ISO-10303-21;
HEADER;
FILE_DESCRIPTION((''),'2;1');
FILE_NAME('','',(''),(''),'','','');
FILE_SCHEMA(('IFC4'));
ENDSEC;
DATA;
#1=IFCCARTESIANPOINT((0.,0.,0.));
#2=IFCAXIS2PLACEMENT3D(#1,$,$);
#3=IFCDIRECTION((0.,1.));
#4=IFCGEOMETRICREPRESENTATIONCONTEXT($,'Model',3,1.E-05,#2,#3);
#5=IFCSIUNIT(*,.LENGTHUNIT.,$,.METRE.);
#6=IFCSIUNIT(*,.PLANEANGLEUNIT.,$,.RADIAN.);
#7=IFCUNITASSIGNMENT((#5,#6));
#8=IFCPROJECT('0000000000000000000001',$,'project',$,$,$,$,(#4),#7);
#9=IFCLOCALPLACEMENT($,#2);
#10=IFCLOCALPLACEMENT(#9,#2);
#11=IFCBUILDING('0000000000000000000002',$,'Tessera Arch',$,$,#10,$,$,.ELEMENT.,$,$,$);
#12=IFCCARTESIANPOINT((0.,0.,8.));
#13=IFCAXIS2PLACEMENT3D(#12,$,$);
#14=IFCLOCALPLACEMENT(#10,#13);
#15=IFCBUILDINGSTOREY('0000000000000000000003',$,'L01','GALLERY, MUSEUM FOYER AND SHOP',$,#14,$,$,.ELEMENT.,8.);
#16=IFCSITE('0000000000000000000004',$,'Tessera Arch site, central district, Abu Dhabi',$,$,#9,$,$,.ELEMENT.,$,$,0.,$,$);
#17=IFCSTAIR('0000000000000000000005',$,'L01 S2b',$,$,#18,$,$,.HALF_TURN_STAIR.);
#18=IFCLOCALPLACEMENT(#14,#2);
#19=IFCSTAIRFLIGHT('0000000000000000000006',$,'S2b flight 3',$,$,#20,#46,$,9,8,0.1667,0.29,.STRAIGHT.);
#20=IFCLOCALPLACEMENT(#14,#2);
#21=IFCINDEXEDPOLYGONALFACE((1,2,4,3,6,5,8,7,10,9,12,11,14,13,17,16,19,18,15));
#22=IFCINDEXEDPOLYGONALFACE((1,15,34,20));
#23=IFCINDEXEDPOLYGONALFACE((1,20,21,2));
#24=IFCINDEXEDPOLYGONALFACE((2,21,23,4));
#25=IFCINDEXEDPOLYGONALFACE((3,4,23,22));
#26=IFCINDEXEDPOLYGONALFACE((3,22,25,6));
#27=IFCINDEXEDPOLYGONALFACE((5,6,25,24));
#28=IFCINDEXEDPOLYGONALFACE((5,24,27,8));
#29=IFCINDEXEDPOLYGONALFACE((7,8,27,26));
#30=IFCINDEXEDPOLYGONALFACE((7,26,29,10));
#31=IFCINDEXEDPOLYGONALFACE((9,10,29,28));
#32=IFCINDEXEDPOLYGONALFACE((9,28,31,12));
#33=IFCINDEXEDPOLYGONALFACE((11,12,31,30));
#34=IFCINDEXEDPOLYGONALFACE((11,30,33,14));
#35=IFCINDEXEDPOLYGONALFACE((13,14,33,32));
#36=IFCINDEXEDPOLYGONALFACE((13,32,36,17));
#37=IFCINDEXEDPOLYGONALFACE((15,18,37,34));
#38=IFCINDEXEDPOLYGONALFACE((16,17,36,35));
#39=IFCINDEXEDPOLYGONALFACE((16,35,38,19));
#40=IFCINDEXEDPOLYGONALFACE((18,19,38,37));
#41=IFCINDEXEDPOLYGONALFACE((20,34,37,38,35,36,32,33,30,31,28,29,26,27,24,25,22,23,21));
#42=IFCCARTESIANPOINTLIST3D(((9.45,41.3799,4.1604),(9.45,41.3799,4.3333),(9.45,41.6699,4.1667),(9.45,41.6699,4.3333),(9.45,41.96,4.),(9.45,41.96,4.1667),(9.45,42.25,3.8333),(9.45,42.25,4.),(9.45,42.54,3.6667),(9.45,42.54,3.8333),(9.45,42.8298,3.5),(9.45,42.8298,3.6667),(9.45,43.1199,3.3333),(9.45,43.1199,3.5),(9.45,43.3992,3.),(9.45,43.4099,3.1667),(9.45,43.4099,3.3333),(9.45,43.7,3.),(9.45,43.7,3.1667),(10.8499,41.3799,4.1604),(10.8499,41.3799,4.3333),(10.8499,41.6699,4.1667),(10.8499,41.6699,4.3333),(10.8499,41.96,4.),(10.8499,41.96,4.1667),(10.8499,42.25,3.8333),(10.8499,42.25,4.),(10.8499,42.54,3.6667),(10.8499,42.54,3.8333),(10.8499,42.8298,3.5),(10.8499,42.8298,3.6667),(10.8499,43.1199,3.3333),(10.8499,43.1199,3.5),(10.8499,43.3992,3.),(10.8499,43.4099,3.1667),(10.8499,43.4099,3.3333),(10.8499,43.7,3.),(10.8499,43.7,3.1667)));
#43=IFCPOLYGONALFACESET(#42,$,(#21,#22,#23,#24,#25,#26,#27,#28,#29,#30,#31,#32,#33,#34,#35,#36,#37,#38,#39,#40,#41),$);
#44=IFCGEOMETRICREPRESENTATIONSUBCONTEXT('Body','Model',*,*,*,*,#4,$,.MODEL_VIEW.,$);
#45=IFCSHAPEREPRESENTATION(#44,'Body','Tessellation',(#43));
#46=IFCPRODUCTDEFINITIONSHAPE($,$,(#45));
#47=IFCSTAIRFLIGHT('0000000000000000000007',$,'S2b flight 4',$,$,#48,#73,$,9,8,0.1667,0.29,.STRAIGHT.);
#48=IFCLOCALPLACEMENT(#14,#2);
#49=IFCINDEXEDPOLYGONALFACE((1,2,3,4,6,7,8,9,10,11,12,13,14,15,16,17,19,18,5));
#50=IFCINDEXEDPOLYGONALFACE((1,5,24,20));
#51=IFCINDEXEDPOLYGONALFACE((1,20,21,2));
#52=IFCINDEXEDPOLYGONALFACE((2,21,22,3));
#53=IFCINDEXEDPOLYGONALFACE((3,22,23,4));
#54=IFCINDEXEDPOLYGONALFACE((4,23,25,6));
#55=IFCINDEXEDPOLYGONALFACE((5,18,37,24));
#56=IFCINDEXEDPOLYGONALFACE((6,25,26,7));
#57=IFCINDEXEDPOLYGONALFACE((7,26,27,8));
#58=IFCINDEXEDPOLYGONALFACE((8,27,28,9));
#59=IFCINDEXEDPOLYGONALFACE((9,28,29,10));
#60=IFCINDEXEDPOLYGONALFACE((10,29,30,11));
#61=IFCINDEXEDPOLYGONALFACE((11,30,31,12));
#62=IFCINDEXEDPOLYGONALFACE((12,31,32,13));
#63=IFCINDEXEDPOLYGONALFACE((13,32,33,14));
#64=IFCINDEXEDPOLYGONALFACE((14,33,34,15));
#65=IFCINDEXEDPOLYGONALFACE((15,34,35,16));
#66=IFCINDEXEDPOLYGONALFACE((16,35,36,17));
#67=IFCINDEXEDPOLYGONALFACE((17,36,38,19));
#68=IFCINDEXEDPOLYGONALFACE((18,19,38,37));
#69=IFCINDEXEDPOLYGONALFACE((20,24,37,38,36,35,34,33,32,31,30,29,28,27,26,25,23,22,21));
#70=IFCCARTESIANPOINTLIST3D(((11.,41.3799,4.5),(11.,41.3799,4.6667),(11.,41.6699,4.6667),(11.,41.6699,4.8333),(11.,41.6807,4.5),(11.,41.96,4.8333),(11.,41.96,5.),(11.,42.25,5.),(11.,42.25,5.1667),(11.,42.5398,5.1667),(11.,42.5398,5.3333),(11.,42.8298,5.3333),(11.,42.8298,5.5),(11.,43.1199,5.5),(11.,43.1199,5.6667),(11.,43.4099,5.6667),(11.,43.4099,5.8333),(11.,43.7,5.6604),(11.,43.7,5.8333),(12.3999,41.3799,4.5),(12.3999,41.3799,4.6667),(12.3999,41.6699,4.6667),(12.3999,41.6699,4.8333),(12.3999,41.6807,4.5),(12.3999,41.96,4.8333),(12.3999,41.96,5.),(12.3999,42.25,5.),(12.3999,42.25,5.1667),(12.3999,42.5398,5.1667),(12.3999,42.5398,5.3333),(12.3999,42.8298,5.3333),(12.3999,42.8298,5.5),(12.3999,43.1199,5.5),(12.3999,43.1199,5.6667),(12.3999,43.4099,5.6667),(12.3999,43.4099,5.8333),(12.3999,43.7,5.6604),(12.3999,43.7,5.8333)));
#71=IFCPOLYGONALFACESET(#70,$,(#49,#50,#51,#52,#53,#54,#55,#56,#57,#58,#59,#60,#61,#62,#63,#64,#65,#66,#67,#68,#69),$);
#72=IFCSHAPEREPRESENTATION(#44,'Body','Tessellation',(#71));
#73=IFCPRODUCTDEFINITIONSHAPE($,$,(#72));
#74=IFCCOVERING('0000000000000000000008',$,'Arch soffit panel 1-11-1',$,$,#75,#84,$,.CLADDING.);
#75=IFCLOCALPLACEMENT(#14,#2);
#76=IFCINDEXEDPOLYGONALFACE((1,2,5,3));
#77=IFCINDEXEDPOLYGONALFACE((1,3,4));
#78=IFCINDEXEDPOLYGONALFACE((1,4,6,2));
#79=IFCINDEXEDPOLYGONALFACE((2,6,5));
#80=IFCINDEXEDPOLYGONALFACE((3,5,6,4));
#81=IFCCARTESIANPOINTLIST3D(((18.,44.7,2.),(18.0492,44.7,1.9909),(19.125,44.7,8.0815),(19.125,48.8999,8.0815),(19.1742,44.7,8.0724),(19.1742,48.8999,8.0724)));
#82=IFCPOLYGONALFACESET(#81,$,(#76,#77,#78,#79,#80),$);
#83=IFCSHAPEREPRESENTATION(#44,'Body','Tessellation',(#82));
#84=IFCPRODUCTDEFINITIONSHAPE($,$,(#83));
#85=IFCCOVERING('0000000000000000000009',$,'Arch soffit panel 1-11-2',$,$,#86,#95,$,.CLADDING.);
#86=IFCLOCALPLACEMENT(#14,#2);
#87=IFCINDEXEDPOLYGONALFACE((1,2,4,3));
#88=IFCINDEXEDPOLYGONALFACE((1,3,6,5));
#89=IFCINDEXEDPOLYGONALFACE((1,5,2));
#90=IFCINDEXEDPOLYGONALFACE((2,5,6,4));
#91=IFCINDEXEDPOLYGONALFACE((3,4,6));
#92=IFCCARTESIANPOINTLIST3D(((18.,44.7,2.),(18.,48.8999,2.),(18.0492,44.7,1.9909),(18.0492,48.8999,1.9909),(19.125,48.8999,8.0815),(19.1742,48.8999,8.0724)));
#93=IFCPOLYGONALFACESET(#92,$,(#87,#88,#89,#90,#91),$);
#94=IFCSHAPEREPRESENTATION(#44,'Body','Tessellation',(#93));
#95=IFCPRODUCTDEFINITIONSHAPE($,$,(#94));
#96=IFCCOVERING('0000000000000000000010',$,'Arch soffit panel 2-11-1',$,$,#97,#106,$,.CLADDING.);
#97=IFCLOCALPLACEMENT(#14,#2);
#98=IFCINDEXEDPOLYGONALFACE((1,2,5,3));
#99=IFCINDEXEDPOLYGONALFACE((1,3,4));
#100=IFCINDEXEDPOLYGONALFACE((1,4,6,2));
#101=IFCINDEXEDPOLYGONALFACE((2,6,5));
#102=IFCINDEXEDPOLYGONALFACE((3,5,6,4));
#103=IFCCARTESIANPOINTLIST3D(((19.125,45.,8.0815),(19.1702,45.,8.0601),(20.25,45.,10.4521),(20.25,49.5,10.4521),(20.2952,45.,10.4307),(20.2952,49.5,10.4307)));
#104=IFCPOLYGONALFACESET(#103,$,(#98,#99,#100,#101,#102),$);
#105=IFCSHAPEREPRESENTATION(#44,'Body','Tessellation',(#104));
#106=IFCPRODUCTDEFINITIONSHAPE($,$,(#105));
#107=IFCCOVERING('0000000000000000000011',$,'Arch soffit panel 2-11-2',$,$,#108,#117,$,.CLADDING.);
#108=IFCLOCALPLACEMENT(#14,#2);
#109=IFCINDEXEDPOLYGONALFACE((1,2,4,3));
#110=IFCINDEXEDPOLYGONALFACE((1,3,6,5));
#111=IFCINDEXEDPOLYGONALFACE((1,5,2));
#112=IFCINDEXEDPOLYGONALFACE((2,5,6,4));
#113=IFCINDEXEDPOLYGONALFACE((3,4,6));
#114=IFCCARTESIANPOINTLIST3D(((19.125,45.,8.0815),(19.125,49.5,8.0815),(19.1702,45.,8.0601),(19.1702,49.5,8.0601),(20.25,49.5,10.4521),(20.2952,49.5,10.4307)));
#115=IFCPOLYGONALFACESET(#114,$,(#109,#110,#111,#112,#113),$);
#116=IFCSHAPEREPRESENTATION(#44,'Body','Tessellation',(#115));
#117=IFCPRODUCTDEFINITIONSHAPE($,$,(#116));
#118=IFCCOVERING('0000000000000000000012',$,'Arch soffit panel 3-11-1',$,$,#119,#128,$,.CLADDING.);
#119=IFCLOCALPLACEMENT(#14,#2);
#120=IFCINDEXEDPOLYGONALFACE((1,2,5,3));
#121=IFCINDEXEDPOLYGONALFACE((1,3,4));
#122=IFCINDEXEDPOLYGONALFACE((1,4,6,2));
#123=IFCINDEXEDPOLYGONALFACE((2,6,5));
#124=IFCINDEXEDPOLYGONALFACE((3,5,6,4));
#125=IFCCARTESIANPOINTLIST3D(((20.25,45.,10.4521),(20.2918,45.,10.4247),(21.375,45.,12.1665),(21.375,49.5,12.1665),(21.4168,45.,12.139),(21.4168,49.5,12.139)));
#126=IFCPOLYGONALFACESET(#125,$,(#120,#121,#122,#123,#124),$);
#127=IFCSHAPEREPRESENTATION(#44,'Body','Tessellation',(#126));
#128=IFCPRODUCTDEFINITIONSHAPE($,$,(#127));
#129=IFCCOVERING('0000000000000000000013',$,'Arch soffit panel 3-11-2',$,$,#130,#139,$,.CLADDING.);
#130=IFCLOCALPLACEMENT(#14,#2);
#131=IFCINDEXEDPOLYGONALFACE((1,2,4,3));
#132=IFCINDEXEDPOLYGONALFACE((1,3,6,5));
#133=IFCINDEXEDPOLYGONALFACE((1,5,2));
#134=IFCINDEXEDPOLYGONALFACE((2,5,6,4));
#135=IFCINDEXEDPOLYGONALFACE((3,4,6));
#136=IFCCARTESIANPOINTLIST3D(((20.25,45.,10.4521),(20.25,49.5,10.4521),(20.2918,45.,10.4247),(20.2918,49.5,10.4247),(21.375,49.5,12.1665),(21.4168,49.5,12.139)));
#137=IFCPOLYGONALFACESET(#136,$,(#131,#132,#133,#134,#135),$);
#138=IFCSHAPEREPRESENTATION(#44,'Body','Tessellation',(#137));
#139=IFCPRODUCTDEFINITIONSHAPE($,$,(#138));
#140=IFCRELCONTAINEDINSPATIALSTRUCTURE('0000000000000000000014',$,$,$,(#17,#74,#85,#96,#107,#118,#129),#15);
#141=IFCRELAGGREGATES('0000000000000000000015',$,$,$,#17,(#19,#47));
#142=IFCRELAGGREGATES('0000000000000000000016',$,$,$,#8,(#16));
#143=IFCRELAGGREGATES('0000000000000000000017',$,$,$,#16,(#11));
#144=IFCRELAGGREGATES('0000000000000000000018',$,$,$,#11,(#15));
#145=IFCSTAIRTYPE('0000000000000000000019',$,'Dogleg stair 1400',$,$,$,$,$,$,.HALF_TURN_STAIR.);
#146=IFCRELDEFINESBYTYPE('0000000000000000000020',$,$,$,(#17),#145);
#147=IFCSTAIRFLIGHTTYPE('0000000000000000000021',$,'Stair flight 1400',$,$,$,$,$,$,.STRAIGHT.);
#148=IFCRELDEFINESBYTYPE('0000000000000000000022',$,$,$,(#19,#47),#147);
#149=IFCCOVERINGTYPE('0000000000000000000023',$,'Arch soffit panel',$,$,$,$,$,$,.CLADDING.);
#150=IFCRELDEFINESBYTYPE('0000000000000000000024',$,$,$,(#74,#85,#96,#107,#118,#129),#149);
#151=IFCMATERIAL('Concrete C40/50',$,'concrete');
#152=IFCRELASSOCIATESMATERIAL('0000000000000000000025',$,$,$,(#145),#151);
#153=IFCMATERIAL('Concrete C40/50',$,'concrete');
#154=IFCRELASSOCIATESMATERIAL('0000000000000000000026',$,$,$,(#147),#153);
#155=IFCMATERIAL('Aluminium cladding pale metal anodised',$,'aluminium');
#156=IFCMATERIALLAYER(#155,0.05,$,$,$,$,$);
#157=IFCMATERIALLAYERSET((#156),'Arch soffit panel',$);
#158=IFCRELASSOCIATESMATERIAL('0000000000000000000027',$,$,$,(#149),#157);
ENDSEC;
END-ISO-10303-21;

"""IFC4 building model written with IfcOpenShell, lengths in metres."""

from ifc_helpers import new_model, si_unit, direction, frame, origin, place, context, subcontext, project, spatial, polyline, outline, extrude, material, layer, layer_set, type_object, element, aggregate, save


model = new_model("IFC4")

# Units and contexts
model_context = context("Model", 3, precision=1e-05, world=origin(), true_north=direction((0.0, 1.0)))
body_context = subcontext(model_context, "Body", "Model", "MODEL_VIEW")
ifc_project = project(units=[si_unit("LENGTHUNIT", "METRE"), si_unit("PLANEANGLEUNIT", "RADIAN")], contexts=[model_context])

# Site, building, storey
site_placement = place(None, origin())
site = spatial("IfcSite", under=ifc_project, at=site_placement, Name="Tessera Arch site, central district, Abu Dhabi", CompositionType="ELEMENT", RefElevation=0.0)
building_placement = place(site_placement, origin())
building = spatial("IfcBuilding", under=site, at=building_placement, Name="Tessera Arch", CompositionType="ELEMENT")
storey_placement = place(building_placement, frame((0.0, 0.0, 8.0)))
storey = spatial("IfcBuildingStorey", under=building, at=storey_placement, Name="L01", Description="GALLERY, MUSEUM FOYER AND SHOP", CompositionType="ELEMENT", Elevation=8.0)

# Stair, stair flights
ifc_material_1 = material(Name="Concrete C40/50", Category="concrete")
stair_type = type_object("IfcStairType", Name="Dogleg stair 1400", PredefinedType="HALF_TURN_STAIR", material=ifc_material_1)
ifc_material_2 = material(Name="Concrete C40/50", Category="concrete")
stair_flight_type = type_object("IfcStairFlightType", Name="Stair flight 1400", PredefinedType="STRAIGHT", material=ifc_material_2)
stair_1_placement = place(storey_placement, origin())
stair_1 = element("IfcStair", 1, at=stair_1_placement, inside=storey, type_object=stair_type, Name="L01 S2b", PredefinedType="HALF_TURN_STAIR")
stair_flight_1_placement = place(storey_placement, frame((10.1499, 43.7, 3.0), z_axis=(0.0, 0.0, 1.0), x_axis=(0.0, -1.0, 0.0)))
stair_flight_1 = element("IfcStairFlight", 2, at=stair_flight_1_placement, type_object=stair_flight_type, Name="S2b flight 3", NumberOfRisers=9, NumberOfTreads=8, PredefinedType="STRAIGHT", RiserHeight=0.1667, TreadLength=0.29, context=body_context, shape_type="SweptSolid", body=[
    extrude(outline(polyline([(0.0, 0.0), (0.0, 0.1667), (0.29, 0.1667), (0.29, 0.3333), (0.5801, 0.3333), (0.5801, 0.5), (0.8701, 0.5), (0.8701, 0.6667), (1.1599, 0.6667), (1.1599, 0.8333), (1.45, 0.8333), (1.45, 1.0), (1.74, 1.0), (1.74, 1.1667), (2.03, 1.1667), (2.03, 1.3333), (2.3201, 1.3333), (2.3201, 1.5), (2.3201, 1.1604), (0.3008, 0.0), (0.0, 0.0)])), frame((0.0, 0.7, 0.0), z_axis=(0.0, -1.0, 0.0), x_axis=(1.0, 0.0, 0.0)), (0.0, 0.0, 1.0), 1.3999),
])
stair_flight_2_placement = place(storey_placement, frame((11.7, 41.3799, 4.5), z_axis=(0.0, 0.0, 1.0), x_axis=(0.0, 1.0, 0.0)))
stair_flight_2 = element("IfcStairFlight", 3, at=stair_flight_2_placement, type_object=stair_flight_type, Name="S2b flight 4", NumberOfRisers=9, NumberOfTreads=8, PredefinedType="STRAIGHT", RiserHeight=0.1667, TreadLength=0.29, context=body_context, shape_type="SweptSolid", body=[
    extrude(outline(polyline([(0.0, 0.0), (0.0, 0.1667), (0.29, 0.1667), (0.29, 0.3333), (0.5801, 0.3333), (0.5801, 0.5), (0.8701, 0.5), (0.8701, 0.6667), (1.1599, 0.6667), (1.1599, 0.8333), (1.45, 0.8333), (1.45, 1.0), (1.74, 1.0), (1.74, 1.1667), (2.03, 1.1667), (2.03, 1.3333), (2.3201, 1.3333), (2.3201, 1.5), (2.3201, 1.1604), (0.3008, 0.0), (0.0, 0.0)])), frame((0.0, 0.7, 0.0), z_axis=(0.0, -1.0, 0.0), x_axis=(1.0, 0.0, 0.0)), (0.0, 0.0, 1.0), 1.3999),
])
aggregate(stair_1, [stair_flight_1, stair_flight_2])

# Coverings
ifc_material_3 = material(Name="Aluminium cladding pale metal anodised", Category="aluminium")
ifc_layer_1 = layer(ifc_material_3, 0.05)
ifc_layer_set_1 = layer_set([ifc_layer_1], Name="Arch soffit panel")
covering_type = type_object("IfcCoveringType", Name="Arch soffit panel", PredefinedType="CLADDING", material=ifc_layer_set_1)
covering_1_placement = place(storey_placement, frame((18.0, 44.7, 2.0), z_axis=(-0.983317, 0.0, 0.1819), x_axis=(0.1819, 0.0, 0.983317)))
element("IfcCovering", 4, at=covering_1_placement, inside=storey, type_object=covering_type, Name="Arch soffit panel 1-11-1", PredefinedType="CLADDING", context=body_context, shape_type="SweptSolid", body=[
    extrude(outline(polyline([(0.0, 0.0), (6.1847, 0.0), (6.1847, 4.2), (0.0, 0.0)])), origin(), (0.0, 0.0, -1.0), 0.05),
])
covering_2_placement = place(storey_placement, frame((18.0, 44.7, 2.0), z_axis=(-0.983317, 0.0, 0.1819), x_axis=(0.150482, 0.561792, 0.813477)))
element("IfcCovering", 5, at=covering_2_placement, inside=storey, type_object=covering_type, Name="Arch soffit panel 1-11-2", PredefinedType="CLADDING", context=body_context, shape_type="SweptSolid", body=[
    extrude(outline(polyline([(0.0, 0.0), (7.476, 0.0), (2.3595, 3.4745), (0.0, 0.0)])), origin(), (0.0, 0.0, -1.0), 0.05),
])
covering_3_placement = place(storey_placement, frame((19.125, 45.0, 8.0815), z_axis=(-0.903431, 0.0, 0.428734), x_axis=(0.428734, 0.0, 0.903431)))
element("IfcCovering", 6, at=covering_3_placement, inside=storey, type_object=covering_type, Name="Arch soffit panel 2-11-1", PredefinedType="CLADDING", context=body_context, shape_type="SweptSolid", body=[
    extrude(outline(polyline([(0.0, 0.0), (2.624, 0.0), (2.624, 4.5), (0.0, 0.0)])), origin(), (0.0, 0.0, -1.0), 0.05),
])
covering_4_placement = place(storey_placement, frame((19.125, 45.0, 8.0815), z_axis=(-0.903431, 0.0, 0.428734), x_axis=(0.215966, 0.863862, 0.455084)))
element("IfcCovering", 7, at=covering_4_placement, inside=storey, type_object=covering_type, Name="Arch soffit panel 2-11-2", PredefinedType="CLADDING", context=body_context, shape_type="SweptSolid", body=[
    extrude(outline(polyline([(0.0, 0.0), (5.2092, 0.0), (3.8874, 2.2668), (0.0, 0.0)])), origin(), (0.0, 0.0, -1.0), 0.05),
])
covering_5_placement = place(storey_placement, frame((20.25, 45.0, 10.4521), z_axis=(-0.836058, 0.0, 0.548641), x_axis=(0.548641, 0.0, 0.836058)))
element("IfcCovering", 8, at=covering_5_placement, inside=storey, type_object=covering_type, Name="Arch soffit panel 3-11-1", PredefinedType="CLADDING", context=body_context, shape_type="SweptSolid", body=[
    extrude(outline(polyline([(0.0, 0.0), (2.0505, 0.0), (2.0505, 4.5), (0.0, 0.0)])), origin(), (0.0, 0.0, -1.0), 0.05),
])
covering_6_placement = place(storey_placement, frame((20.25, 45.0, 10.4521), z_axis=(-0.836058, 0.0, 0.548641), x_axis=(0.227495, 0.90998, 0.346673)))
element("IfcCovering", 9, at=covering_6_placement, inside=storey, type_object=covering_type, Name="Arch soffit panel 3-11-2", PredefinedType="CLADDING", context=body_context, shape_type="SweptSolid", body=[
    extrude(outline(polyline([(0.0, 0.0), (4.9452, 0.0), (4.0949, 1.8659), (0.0, 0.0)])), origin(), (0.0, 0.0, -1.0), 0.05),
])

save(model, "model.ifc")
